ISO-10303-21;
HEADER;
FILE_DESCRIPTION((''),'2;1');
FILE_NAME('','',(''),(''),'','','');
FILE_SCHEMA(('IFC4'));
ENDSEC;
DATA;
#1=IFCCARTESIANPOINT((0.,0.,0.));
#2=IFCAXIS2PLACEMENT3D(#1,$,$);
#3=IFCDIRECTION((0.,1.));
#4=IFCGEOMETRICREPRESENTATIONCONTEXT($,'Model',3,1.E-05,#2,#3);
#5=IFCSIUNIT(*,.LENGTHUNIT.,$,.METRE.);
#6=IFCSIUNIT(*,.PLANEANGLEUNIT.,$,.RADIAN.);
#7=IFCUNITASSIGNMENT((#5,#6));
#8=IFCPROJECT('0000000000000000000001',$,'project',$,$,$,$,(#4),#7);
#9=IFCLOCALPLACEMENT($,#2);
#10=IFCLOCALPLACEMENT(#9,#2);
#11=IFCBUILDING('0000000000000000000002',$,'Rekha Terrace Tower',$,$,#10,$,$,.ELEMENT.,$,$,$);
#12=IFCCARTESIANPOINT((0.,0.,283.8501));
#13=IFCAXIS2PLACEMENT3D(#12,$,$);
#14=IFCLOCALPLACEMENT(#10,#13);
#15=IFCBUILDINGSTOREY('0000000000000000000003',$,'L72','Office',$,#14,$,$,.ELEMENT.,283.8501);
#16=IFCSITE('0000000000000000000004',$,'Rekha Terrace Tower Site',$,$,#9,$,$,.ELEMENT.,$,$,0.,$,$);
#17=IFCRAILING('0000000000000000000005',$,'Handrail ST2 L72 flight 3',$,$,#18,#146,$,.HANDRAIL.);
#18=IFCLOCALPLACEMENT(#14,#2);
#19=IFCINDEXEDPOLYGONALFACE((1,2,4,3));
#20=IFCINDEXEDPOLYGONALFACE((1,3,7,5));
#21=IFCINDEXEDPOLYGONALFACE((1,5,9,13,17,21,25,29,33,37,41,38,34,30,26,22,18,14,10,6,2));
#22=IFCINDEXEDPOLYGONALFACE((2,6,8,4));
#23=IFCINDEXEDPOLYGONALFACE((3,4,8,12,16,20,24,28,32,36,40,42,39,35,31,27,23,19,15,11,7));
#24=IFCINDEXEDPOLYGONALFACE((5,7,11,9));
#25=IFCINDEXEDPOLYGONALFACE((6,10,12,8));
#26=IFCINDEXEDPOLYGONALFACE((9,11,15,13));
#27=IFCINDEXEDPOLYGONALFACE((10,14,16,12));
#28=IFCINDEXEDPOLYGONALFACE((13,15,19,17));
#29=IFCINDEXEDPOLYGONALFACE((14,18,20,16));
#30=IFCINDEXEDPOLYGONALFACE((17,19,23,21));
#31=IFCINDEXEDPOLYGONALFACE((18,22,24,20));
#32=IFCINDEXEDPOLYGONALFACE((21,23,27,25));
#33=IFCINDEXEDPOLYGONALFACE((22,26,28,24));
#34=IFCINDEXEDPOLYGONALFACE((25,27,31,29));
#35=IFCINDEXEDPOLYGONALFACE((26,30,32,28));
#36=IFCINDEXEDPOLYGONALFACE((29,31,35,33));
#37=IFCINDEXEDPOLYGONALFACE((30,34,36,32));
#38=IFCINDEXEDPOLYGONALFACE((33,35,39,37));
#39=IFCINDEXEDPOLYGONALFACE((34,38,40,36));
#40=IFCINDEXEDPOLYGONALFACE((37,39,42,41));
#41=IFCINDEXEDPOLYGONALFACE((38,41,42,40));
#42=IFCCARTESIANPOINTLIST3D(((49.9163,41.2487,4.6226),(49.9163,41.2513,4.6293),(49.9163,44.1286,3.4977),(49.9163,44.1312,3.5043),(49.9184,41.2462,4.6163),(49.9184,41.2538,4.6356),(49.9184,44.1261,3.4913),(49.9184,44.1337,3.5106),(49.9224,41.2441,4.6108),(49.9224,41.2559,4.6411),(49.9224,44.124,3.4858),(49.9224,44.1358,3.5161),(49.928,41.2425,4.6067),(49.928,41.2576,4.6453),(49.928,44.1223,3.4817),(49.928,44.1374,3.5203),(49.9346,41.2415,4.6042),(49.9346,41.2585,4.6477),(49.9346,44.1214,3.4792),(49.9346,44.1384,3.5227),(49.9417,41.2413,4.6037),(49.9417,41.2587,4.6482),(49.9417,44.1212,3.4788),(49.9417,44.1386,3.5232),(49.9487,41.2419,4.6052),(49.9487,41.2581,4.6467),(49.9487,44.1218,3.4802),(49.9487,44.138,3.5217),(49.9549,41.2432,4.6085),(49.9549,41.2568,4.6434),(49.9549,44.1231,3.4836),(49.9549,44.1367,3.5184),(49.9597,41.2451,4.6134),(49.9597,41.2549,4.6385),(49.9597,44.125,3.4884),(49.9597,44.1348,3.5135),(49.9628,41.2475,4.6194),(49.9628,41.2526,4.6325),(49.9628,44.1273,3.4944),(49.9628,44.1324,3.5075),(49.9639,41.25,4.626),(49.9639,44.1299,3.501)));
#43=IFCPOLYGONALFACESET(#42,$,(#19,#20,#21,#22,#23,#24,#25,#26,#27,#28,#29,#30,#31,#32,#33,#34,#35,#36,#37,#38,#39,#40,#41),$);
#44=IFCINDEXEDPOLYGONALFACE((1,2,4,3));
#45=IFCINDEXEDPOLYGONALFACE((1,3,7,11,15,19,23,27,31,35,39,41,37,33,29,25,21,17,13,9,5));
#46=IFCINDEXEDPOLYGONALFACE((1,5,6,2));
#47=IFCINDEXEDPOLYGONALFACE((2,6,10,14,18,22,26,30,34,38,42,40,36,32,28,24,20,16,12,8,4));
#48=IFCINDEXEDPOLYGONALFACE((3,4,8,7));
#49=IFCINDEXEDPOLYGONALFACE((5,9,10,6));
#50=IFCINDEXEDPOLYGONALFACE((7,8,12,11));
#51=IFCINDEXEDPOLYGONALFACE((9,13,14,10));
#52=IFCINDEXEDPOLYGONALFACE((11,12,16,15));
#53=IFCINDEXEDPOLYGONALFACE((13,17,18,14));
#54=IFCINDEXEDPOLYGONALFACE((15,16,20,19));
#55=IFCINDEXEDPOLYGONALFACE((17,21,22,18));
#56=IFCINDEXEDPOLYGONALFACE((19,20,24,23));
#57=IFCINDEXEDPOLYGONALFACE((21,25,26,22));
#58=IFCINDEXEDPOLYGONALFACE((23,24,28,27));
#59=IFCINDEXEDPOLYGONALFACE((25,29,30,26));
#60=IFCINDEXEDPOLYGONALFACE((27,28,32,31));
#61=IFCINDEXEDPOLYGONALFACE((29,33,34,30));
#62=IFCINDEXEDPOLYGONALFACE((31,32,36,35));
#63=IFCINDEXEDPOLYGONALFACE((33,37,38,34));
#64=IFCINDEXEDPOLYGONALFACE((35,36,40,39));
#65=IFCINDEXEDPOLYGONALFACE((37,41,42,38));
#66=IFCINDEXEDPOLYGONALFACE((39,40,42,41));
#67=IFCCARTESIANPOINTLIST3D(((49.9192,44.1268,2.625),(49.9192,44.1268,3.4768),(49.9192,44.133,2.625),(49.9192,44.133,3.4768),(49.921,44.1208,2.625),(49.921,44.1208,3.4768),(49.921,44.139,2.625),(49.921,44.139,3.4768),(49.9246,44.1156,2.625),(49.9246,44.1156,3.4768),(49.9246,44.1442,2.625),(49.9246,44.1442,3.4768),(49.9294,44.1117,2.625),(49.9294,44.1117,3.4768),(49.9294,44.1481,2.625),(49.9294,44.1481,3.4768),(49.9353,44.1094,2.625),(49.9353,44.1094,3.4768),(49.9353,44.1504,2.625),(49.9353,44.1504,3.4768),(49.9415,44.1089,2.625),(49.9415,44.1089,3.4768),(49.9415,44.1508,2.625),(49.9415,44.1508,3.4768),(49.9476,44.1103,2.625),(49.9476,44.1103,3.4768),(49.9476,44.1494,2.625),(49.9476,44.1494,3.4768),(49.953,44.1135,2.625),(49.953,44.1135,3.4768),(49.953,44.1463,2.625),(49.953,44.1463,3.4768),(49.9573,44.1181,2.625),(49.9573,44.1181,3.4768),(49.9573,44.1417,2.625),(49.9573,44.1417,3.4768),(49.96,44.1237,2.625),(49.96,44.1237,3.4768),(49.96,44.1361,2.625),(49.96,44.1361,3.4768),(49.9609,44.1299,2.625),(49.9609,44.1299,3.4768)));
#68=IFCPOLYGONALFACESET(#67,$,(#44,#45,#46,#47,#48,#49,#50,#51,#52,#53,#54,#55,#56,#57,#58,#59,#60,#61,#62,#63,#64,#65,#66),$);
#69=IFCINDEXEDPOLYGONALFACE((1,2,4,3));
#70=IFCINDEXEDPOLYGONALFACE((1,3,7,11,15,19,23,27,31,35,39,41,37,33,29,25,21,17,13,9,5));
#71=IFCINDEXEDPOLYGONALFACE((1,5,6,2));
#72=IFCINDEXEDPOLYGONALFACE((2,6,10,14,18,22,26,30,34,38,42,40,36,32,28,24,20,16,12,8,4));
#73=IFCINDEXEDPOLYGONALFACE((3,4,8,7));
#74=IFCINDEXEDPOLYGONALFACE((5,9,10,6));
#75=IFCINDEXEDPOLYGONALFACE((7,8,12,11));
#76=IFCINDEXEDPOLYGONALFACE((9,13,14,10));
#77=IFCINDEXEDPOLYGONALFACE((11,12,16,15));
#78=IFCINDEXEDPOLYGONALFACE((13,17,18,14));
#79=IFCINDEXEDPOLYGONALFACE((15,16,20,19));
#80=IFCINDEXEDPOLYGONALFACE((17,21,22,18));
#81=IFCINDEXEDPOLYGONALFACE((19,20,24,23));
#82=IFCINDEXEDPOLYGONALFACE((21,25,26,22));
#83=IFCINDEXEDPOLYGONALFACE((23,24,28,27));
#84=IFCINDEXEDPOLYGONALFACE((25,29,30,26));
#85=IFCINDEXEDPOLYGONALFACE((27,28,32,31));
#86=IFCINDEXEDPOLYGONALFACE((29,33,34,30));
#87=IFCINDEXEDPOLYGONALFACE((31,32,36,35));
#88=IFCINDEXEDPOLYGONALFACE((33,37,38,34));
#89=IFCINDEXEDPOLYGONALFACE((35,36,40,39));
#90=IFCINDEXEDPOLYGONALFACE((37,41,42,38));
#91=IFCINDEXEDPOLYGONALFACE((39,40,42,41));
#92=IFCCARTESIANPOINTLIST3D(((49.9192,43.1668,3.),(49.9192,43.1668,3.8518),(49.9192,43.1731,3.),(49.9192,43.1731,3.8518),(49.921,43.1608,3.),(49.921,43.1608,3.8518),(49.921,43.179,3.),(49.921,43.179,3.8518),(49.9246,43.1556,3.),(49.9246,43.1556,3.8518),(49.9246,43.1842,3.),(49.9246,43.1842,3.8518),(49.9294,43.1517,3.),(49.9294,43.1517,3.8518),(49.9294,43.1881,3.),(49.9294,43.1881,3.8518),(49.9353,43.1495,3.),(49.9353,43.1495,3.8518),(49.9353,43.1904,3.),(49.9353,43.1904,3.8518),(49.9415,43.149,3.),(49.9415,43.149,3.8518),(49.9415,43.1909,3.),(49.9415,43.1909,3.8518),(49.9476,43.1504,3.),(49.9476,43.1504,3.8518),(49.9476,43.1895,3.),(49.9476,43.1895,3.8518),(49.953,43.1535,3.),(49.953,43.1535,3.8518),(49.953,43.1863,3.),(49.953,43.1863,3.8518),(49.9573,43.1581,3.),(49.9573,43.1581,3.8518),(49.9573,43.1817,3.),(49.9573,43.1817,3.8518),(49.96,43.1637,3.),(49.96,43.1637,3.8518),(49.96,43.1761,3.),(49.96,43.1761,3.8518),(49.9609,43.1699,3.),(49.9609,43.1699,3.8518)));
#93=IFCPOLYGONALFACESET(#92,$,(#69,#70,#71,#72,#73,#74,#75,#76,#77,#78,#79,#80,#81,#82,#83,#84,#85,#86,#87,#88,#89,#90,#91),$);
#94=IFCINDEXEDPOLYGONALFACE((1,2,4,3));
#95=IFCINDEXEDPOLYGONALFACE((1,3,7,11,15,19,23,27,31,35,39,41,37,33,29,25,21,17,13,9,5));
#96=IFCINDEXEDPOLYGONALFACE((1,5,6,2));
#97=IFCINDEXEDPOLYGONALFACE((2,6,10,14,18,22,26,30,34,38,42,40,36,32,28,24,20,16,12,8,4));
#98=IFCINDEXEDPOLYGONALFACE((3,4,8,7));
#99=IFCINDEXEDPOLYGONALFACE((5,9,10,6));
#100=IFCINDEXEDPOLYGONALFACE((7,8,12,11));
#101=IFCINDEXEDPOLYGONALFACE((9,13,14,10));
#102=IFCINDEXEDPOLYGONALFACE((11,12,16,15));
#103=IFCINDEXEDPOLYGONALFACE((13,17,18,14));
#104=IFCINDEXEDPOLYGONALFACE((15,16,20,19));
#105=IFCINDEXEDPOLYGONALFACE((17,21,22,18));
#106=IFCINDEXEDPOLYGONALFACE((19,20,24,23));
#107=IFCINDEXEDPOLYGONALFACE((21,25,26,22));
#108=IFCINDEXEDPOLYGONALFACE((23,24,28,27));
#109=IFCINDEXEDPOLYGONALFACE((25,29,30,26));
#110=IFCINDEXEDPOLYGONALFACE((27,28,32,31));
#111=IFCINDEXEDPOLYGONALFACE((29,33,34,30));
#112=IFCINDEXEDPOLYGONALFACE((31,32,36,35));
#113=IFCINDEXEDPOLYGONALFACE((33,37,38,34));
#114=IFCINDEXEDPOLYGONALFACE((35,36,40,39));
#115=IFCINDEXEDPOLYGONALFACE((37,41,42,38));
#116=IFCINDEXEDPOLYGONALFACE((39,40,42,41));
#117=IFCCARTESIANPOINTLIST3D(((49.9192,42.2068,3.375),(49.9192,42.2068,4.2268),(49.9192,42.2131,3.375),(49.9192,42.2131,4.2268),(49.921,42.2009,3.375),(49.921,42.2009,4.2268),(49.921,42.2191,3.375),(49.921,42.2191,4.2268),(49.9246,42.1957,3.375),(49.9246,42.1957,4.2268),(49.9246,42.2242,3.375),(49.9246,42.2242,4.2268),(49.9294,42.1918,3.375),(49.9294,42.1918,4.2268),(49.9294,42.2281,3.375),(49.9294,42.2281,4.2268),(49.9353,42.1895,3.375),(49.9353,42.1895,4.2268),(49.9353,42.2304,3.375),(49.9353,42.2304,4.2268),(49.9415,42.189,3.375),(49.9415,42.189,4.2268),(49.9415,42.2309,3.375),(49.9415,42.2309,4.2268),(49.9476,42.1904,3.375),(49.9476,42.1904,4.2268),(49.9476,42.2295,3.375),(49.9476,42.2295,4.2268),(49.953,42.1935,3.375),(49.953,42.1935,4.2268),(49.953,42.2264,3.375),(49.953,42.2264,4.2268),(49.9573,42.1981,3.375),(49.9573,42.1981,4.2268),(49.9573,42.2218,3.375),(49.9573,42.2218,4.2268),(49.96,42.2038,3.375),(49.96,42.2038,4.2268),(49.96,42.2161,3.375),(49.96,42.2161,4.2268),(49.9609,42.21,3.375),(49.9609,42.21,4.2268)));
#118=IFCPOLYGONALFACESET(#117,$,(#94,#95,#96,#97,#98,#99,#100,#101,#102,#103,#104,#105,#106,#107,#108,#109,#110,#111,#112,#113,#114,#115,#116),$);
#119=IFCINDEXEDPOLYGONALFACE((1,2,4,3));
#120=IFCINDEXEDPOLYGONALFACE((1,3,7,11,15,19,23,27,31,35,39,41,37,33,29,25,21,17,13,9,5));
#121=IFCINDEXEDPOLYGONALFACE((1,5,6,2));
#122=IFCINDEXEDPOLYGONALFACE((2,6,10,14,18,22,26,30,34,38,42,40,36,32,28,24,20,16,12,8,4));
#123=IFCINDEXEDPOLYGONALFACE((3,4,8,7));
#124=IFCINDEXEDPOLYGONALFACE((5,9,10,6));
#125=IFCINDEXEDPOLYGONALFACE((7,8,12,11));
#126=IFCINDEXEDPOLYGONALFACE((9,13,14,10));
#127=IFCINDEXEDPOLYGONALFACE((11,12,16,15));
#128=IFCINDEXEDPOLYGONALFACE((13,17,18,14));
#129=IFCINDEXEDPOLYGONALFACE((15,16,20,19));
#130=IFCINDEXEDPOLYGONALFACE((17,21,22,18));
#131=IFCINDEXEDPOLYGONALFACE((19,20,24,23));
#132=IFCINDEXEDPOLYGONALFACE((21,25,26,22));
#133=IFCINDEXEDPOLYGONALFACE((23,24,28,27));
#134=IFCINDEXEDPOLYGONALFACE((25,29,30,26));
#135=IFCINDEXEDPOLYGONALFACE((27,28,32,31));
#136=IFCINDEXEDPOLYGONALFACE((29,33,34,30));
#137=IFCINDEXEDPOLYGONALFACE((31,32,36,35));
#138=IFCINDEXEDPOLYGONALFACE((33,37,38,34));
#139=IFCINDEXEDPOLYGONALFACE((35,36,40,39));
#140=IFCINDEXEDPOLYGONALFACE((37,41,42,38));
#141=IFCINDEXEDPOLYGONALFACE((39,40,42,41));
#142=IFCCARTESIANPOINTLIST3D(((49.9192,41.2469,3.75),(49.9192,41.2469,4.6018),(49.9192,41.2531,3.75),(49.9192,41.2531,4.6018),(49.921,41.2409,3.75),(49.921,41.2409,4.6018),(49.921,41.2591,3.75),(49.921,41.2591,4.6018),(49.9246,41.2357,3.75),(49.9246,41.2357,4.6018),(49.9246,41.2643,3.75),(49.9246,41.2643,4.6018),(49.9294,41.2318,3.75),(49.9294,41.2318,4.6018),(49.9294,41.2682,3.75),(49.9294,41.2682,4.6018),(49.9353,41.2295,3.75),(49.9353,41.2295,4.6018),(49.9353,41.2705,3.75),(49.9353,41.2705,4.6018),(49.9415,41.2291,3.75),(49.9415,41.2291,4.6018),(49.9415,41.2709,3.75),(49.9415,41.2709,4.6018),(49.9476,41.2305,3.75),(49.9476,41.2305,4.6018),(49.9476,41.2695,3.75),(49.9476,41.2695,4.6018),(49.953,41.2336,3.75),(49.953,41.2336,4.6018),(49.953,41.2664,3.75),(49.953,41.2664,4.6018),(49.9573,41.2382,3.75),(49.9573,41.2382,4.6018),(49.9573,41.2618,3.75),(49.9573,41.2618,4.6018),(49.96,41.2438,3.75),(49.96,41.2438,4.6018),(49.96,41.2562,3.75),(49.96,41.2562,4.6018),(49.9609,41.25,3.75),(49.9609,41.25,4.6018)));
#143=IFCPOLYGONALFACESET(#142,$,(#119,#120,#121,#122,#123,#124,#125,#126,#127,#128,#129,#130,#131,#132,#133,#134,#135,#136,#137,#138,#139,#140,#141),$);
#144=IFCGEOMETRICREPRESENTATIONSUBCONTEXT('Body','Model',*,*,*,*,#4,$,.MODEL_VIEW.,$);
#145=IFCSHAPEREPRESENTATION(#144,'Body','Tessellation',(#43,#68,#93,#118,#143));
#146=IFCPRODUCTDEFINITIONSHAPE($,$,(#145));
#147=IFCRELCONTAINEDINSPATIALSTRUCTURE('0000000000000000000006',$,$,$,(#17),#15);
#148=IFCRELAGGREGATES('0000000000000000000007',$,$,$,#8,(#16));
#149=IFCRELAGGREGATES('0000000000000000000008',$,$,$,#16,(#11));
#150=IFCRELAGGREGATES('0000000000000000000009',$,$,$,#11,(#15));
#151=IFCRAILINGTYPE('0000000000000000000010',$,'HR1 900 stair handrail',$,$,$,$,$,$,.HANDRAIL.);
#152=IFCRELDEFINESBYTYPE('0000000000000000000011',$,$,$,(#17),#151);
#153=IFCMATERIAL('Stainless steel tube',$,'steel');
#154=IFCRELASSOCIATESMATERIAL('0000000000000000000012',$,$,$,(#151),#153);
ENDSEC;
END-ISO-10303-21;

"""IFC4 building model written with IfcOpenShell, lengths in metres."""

from ifc_helpers import new_model, si_unit, direction, frame, origin, origin_2d, place, context, subcontext, project, spatial, circle, extrude, material, type_object, element, save


model = new_model("IFC4")

# Units and contexts
model_context = context("Model", 3, precision=1e-05, world=origin(), true_north=direction((0.0, 1.0)))
body_context = subcontext(model_context, "Body", "Model", "MODEL_VIEW")
ifc_project = project(units=[si_unit("LENGTHUNIT", "METRE"), si_unit("PLANEANGLEUNIT", "RADIAN")], contexts=[model_context])

# Site, building, storey
site_placement = place(None, origin())
site = spatial("IfcSite", under=ifc_project, at=site_placement, Name="Rekha Terrace Tower Site", CompositionType="ELEMENT", RefElevation=0.0)
building_placement = place(site_placement, origin())
building = spatial("IfcBuilding", under=site, at=building_placement, Name="Rekha Terrace Tower", CompositionType="ELEMENT")
storey_placement = place(building_placement, frame((0.0, 0.0, 283.8501)))
storey = spatial("IfcBuildingStorey", under=building, at=storey_placement, Name="L72", Description="Office", CompositionType="ELEMENT", Elevation=283.8501)

# Railing
ifc_material_1 = material(Name="Stainless steel tube", Category="steel")
railing_type_1 = type_object("IfcRailingType", Name="HR1 900 stair handrail", PredefinedType="HANDRAIL", material=ifc_material_1)
railing_1_placement = place(storey_placement, frame((49.9399, 44.1299, 2.625)))
element("IfcRailing", 1, at=railing_1_placement, inside=storey, type_object=railing_type_1, Name="Handrail ST2 L72 flight 3", PredefinedType="HANDRAIL", context=body_context, shape_type="SweptSolid", body=[
    extrude(circle(Radius=0.0239, at=origin_2d()), frame((0.0, 0.0, 0.876), z_axis=(0.0, -0.931452, 0.363863), x_axis=(1.0, 0.0, 0.0)), (0.0, 0.0, 1.0), 3.0918),
    extrude(circle(Radius=0.021, at=origin_2d()), origin(), (0.0, 0.0, 1.0), 0.8518),
    extrude(circle(Radius=0.021, at=origin_2d()), frame((0.0, -0.96, 0.375)), (0.0, 0.0, 1.0), 0.8518),
    extrude(circle(Radius=0.021, at=origin_2d()), frame((0.0, -1.9199, 0.75)), (0.0, 0.0, 1.0), 0.8518),
    extrude(circle(Radius=0.021, at=origin_2d()), frame((0.0, -2.8799, 1.125)), (0.0, 0.0, 1.0), 0.8518),
])

save(model, "model.ifc")
